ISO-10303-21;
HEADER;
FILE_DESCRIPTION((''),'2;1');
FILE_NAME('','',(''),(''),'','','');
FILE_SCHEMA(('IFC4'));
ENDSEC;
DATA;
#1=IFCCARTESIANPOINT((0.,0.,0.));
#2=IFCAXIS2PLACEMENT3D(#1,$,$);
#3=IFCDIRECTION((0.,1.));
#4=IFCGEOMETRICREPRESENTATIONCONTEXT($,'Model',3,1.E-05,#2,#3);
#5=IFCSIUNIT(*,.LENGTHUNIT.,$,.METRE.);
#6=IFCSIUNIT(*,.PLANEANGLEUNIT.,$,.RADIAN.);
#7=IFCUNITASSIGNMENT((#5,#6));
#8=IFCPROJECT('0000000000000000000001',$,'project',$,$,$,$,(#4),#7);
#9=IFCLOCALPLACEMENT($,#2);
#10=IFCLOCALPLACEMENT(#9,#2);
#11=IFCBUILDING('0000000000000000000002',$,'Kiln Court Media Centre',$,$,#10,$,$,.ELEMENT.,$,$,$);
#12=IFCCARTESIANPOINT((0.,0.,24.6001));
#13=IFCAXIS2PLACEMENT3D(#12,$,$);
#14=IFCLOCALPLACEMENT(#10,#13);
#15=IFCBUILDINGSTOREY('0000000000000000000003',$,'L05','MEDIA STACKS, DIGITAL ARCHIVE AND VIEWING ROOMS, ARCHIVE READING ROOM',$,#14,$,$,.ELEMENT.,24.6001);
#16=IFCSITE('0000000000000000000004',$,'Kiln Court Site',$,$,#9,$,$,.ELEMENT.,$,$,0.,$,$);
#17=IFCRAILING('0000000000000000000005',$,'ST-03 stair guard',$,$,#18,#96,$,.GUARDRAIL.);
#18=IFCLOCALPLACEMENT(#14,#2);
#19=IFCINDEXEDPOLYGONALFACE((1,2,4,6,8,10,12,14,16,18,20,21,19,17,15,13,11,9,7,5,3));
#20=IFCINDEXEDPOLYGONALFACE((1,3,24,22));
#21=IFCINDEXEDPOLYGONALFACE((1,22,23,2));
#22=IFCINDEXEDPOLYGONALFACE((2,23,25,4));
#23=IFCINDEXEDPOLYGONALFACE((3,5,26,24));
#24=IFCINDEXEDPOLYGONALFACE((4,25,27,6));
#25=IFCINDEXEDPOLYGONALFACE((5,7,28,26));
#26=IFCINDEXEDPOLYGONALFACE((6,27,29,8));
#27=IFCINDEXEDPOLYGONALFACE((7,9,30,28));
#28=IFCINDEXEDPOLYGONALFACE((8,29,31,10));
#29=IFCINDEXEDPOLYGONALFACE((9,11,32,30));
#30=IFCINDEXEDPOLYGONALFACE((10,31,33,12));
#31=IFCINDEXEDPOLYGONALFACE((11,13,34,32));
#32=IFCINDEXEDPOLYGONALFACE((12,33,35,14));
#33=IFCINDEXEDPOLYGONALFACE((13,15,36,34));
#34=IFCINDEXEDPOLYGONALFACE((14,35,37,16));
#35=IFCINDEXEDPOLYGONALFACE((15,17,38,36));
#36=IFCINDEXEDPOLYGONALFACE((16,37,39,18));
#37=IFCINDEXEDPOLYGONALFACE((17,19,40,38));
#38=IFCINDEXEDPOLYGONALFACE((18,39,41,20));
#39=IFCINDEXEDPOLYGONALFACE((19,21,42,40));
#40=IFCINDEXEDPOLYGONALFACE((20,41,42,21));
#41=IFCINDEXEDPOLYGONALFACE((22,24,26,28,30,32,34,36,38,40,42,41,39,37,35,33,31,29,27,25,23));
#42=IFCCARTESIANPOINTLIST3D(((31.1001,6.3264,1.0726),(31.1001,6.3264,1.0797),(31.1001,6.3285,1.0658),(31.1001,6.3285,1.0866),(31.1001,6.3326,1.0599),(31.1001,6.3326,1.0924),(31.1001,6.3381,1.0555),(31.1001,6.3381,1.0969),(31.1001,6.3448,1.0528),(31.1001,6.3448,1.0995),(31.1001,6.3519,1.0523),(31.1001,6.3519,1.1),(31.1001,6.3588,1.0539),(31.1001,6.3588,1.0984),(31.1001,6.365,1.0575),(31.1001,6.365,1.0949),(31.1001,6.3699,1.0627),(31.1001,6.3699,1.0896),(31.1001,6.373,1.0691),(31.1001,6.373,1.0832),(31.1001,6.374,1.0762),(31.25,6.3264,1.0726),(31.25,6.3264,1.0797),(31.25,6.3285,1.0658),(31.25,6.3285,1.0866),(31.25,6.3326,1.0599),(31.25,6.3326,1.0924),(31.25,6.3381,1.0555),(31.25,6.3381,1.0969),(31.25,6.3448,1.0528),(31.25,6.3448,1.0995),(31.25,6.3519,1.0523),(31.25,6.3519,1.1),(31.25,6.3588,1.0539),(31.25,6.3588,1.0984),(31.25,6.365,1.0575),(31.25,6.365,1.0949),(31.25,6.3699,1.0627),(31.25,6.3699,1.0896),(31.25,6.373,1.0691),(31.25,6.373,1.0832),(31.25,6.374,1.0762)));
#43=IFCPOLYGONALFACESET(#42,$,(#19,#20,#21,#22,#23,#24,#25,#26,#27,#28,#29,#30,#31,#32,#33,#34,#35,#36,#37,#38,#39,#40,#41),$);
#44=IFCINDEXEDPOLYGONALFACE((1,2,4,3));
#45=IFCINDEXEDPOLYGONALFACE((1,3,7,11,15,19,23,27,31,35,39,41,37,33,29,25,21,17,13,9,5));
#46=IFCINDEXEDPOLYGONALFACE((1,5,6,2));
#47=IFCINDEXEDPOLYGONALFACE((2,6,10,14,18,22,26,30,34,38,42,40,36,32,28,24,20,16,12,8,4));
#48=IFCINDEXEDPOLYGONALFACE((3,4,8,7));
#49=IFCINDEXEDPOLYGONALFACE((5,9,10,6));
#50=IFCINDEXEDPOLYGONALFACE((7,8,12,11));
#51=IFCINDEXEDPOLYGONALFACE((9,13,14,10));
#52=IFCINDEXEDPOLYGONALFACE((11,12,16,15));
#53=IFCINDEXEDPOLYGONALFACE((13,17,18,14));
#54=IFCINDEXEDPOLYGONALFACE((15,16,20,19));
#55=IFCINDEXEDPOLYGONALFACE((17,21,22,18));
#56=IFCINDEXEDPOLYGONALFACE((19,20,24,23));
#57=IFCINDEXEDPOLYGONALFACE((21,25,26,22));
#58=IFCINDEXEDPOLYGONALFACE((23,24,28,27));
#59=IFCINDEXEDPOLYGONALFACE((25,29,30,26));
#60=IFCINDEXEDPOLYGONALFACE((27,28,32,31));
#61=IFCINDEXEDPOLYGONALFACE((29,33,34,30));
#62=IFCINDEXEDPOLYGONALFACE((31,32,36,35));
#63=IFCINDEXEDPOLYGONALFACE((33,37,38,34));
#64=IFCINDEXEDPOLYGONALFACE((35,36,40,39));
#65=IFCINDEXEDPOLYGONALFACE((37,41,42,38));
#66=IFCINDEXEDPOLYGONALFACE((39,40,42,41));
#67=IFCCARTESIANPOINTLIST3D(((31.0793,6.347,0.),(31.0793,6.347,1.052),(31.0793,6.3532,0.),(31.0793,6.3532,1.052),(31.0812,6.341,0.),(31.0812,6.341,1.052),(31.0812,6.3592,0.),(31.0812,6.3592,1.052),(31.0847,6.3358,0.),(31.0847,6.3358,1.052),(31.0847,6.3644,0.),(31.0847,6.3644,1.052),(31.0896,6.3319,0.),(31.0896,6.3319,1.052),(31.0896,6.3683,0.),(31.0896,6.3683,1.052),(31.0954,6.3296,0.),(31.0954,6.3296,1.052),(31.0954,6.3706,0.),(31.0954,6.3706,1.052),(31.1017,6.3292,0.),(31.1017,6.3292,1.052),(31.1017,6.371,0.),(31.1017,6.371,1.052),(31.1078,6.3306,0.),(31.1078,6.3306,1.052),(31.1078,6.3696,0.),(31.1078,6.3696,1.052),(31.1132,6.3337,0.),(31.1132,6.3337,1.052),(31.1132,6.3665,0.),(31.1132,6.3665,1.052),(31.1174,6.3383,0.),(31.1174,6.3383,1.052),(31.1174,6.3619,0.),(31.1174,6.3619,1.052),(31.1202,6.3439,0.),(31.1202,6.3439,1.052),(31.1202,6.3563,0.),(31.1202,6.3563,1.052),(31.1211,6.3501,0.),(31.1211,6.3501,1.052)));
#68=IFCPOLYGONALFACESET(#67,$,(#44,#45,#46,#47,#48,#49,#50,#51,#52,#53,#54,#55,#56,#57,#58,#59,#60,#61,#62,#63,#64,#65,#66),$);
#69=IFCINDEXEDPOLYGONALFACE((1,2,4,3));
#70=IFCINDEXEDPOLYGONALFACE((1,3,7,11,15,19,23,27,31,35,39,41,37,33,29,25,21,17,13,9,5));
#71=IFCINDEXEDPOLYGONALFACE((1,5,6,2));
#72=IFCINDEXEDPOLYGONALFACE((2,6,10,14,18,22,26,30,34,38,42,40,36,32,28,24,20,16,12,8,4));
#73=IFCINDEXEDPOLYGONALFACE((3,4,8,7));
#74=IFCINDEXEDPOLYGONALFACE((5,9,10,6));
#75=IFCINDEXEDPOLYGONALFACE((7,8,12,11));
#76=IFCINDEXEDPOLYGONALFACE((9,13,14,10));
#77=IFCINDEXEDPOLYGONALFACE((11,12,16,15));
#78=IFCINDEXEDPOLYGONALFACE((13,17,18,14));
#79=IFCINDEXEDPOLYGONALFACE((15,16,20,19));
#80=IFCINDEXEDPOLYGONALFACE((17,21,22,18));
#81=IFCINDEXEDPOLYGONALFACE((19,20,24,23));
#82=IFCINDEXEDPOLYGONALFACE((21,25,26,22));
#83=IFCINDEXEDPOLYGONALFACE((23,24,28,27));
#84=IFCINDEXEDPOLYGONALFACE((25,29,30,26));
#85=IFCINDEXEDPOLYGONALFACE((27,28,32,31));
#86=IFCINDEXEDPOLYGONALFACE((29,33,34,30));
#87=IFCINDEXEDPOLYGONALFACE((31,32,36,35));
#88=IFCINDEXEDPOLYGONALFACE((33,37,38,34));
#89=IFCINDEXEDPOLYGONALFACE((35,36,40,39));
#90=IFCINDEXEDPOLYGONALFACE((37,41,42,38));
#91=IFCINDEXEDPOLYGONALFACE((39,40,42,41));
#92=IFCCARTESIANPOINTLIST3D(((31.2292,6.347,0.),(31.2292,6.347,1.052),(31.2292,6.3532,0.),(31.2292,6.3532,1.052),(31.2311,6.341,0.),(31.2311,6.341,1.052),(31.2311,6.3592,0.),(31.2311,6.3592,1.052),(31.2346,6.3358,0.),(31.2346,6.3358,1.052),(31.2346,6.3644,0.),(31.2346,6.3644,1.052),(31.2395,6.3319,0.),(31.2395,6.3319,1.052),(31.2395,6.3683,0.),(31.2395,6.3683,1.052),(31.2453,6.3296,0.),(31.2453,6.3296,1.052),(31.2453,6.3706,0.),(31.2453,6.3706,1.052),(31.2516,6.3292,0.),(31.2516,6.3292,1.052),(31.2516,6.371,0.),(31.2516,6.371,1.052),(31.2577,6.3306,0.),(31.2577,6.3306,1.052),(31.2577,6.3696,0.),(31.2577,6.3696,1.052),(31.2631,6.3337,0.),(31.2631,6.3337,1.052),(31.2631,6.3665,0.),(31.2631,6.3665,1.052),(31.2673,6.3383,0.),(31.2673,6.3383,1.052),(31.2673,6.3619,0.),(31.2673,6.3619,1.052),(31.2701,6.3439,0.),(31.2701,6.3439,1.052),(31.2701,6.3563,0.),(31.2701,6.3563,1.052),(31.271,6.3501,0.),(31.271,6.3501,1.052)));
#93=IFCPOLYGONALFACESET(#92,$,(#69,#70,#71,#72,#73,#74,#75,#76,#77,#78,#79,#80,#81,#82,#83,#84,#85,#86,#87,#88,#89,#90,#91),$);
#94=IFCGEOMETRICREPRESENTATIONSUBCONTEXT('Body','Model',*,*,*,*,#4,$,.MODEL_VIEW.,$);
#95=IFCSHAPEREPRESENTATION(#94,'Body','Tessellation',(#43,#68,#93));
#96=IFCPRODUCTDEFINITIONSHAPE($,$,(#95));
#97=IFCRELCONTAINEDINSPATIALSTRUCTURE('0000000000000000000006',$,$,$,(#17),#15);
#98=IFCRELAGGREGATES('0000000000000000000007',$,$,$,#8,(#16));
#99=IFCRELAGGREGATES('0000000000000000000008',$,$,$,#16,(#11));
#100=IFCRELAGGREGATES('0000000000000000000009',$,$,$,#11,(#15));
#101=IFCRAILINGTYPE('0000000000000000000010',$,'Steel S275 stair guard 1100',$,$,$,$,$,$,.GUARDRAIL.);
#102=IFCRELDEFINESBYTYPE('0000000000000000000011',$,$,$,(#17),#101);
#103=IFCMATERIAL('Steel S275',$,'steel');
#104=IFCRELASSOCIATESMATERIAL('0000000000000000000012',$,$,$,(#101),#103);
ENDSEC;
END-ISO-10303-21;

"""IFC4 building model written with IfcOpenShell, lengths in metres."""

from ifc_helpers import new_model, si_unit, direction, frame, origin, origin_2d, place, context, subcontext, project, spatial, circle, extrude, material, type_object, element, save


model = new_model("IFC4")

# Units and contexts
model_context = context("Model", 3, precision=1e-05, world=origin(), true_north=direction((0.0, 1.0)))
body_context = subcontext(model_context, "Body", "Model", "MODEL_VIEW")
ifc_project = project(units=[si_unit("LENGTHUNIT", "METRE"), si_unit("PLANEANGLEUNIT", "RADIAN")], contexts=[model_context])

# Site, building, storey
site_placement = place(None, origin())
site = spatial("IfcSite", under=ifc_project, at=site_placement, Name="Kiln Court Site", CompositionType="ELEMENT", RefElevation=0.0)
building_placement = place(site_placement, origin())
building = spatial("IfcBuilding", under=site, at=building_placement, Name="Kiln Court Media Centre", CompositionType="ELEMENT")
storey_placement = place(building_placement, frame((0.0, 0.0, 24.6001)))
storey = spatial("IfcBuildingStorey", under=building, at=storey_placement, Name="L05", Description="MEDIA STACKS, DIGITAL ARCHIVE AND VIEWING ROOMS, ARCHIVE READING ROOM", CompositionType="ELEMENT", Elevation=24.6001)

# Railing
ifc_material_1 = material(Name="Steel S275", Category="steel")
railing_type_1 = type_object("IfcRailingType", Name="Steel S275 stair guard 1100", PredefinedType="GUARDRAIL", material=ifc_material_1)
railing_1_placement = place(storey_placement, frame((31.1001, 6.3501, 0.0)))
element("IfcRailing", 1, at=railing_1_placement, inside=storey, type_object=railing_type_1, Name="ST-03 stair guard", PredefinedType="GUARDRAIL", context=body_context, shape_type="SweptSolid", body=[
    extrude(circle(Radius=0.0239, at=origin_2d()), frame((0.0, 0.0, 1.0762), z_axis=(1.0, 0.0, 0.0), x_axis=(0.0, 1.0, 0.0)), (0.0, 0.0, 1.0), 0.1499),
    extrude(circle(Radius=0.021, at=origin_2d()), origin(), (0.0, 0.0, 1.0), 1.052),
    extrude(circle(Radius=0.021, at=origin_2d()), frame((0.1499, 0.0, 0.0)), (0.0, 0.0, 1.0), 1.052),
])

save(model, "model.ifc")
